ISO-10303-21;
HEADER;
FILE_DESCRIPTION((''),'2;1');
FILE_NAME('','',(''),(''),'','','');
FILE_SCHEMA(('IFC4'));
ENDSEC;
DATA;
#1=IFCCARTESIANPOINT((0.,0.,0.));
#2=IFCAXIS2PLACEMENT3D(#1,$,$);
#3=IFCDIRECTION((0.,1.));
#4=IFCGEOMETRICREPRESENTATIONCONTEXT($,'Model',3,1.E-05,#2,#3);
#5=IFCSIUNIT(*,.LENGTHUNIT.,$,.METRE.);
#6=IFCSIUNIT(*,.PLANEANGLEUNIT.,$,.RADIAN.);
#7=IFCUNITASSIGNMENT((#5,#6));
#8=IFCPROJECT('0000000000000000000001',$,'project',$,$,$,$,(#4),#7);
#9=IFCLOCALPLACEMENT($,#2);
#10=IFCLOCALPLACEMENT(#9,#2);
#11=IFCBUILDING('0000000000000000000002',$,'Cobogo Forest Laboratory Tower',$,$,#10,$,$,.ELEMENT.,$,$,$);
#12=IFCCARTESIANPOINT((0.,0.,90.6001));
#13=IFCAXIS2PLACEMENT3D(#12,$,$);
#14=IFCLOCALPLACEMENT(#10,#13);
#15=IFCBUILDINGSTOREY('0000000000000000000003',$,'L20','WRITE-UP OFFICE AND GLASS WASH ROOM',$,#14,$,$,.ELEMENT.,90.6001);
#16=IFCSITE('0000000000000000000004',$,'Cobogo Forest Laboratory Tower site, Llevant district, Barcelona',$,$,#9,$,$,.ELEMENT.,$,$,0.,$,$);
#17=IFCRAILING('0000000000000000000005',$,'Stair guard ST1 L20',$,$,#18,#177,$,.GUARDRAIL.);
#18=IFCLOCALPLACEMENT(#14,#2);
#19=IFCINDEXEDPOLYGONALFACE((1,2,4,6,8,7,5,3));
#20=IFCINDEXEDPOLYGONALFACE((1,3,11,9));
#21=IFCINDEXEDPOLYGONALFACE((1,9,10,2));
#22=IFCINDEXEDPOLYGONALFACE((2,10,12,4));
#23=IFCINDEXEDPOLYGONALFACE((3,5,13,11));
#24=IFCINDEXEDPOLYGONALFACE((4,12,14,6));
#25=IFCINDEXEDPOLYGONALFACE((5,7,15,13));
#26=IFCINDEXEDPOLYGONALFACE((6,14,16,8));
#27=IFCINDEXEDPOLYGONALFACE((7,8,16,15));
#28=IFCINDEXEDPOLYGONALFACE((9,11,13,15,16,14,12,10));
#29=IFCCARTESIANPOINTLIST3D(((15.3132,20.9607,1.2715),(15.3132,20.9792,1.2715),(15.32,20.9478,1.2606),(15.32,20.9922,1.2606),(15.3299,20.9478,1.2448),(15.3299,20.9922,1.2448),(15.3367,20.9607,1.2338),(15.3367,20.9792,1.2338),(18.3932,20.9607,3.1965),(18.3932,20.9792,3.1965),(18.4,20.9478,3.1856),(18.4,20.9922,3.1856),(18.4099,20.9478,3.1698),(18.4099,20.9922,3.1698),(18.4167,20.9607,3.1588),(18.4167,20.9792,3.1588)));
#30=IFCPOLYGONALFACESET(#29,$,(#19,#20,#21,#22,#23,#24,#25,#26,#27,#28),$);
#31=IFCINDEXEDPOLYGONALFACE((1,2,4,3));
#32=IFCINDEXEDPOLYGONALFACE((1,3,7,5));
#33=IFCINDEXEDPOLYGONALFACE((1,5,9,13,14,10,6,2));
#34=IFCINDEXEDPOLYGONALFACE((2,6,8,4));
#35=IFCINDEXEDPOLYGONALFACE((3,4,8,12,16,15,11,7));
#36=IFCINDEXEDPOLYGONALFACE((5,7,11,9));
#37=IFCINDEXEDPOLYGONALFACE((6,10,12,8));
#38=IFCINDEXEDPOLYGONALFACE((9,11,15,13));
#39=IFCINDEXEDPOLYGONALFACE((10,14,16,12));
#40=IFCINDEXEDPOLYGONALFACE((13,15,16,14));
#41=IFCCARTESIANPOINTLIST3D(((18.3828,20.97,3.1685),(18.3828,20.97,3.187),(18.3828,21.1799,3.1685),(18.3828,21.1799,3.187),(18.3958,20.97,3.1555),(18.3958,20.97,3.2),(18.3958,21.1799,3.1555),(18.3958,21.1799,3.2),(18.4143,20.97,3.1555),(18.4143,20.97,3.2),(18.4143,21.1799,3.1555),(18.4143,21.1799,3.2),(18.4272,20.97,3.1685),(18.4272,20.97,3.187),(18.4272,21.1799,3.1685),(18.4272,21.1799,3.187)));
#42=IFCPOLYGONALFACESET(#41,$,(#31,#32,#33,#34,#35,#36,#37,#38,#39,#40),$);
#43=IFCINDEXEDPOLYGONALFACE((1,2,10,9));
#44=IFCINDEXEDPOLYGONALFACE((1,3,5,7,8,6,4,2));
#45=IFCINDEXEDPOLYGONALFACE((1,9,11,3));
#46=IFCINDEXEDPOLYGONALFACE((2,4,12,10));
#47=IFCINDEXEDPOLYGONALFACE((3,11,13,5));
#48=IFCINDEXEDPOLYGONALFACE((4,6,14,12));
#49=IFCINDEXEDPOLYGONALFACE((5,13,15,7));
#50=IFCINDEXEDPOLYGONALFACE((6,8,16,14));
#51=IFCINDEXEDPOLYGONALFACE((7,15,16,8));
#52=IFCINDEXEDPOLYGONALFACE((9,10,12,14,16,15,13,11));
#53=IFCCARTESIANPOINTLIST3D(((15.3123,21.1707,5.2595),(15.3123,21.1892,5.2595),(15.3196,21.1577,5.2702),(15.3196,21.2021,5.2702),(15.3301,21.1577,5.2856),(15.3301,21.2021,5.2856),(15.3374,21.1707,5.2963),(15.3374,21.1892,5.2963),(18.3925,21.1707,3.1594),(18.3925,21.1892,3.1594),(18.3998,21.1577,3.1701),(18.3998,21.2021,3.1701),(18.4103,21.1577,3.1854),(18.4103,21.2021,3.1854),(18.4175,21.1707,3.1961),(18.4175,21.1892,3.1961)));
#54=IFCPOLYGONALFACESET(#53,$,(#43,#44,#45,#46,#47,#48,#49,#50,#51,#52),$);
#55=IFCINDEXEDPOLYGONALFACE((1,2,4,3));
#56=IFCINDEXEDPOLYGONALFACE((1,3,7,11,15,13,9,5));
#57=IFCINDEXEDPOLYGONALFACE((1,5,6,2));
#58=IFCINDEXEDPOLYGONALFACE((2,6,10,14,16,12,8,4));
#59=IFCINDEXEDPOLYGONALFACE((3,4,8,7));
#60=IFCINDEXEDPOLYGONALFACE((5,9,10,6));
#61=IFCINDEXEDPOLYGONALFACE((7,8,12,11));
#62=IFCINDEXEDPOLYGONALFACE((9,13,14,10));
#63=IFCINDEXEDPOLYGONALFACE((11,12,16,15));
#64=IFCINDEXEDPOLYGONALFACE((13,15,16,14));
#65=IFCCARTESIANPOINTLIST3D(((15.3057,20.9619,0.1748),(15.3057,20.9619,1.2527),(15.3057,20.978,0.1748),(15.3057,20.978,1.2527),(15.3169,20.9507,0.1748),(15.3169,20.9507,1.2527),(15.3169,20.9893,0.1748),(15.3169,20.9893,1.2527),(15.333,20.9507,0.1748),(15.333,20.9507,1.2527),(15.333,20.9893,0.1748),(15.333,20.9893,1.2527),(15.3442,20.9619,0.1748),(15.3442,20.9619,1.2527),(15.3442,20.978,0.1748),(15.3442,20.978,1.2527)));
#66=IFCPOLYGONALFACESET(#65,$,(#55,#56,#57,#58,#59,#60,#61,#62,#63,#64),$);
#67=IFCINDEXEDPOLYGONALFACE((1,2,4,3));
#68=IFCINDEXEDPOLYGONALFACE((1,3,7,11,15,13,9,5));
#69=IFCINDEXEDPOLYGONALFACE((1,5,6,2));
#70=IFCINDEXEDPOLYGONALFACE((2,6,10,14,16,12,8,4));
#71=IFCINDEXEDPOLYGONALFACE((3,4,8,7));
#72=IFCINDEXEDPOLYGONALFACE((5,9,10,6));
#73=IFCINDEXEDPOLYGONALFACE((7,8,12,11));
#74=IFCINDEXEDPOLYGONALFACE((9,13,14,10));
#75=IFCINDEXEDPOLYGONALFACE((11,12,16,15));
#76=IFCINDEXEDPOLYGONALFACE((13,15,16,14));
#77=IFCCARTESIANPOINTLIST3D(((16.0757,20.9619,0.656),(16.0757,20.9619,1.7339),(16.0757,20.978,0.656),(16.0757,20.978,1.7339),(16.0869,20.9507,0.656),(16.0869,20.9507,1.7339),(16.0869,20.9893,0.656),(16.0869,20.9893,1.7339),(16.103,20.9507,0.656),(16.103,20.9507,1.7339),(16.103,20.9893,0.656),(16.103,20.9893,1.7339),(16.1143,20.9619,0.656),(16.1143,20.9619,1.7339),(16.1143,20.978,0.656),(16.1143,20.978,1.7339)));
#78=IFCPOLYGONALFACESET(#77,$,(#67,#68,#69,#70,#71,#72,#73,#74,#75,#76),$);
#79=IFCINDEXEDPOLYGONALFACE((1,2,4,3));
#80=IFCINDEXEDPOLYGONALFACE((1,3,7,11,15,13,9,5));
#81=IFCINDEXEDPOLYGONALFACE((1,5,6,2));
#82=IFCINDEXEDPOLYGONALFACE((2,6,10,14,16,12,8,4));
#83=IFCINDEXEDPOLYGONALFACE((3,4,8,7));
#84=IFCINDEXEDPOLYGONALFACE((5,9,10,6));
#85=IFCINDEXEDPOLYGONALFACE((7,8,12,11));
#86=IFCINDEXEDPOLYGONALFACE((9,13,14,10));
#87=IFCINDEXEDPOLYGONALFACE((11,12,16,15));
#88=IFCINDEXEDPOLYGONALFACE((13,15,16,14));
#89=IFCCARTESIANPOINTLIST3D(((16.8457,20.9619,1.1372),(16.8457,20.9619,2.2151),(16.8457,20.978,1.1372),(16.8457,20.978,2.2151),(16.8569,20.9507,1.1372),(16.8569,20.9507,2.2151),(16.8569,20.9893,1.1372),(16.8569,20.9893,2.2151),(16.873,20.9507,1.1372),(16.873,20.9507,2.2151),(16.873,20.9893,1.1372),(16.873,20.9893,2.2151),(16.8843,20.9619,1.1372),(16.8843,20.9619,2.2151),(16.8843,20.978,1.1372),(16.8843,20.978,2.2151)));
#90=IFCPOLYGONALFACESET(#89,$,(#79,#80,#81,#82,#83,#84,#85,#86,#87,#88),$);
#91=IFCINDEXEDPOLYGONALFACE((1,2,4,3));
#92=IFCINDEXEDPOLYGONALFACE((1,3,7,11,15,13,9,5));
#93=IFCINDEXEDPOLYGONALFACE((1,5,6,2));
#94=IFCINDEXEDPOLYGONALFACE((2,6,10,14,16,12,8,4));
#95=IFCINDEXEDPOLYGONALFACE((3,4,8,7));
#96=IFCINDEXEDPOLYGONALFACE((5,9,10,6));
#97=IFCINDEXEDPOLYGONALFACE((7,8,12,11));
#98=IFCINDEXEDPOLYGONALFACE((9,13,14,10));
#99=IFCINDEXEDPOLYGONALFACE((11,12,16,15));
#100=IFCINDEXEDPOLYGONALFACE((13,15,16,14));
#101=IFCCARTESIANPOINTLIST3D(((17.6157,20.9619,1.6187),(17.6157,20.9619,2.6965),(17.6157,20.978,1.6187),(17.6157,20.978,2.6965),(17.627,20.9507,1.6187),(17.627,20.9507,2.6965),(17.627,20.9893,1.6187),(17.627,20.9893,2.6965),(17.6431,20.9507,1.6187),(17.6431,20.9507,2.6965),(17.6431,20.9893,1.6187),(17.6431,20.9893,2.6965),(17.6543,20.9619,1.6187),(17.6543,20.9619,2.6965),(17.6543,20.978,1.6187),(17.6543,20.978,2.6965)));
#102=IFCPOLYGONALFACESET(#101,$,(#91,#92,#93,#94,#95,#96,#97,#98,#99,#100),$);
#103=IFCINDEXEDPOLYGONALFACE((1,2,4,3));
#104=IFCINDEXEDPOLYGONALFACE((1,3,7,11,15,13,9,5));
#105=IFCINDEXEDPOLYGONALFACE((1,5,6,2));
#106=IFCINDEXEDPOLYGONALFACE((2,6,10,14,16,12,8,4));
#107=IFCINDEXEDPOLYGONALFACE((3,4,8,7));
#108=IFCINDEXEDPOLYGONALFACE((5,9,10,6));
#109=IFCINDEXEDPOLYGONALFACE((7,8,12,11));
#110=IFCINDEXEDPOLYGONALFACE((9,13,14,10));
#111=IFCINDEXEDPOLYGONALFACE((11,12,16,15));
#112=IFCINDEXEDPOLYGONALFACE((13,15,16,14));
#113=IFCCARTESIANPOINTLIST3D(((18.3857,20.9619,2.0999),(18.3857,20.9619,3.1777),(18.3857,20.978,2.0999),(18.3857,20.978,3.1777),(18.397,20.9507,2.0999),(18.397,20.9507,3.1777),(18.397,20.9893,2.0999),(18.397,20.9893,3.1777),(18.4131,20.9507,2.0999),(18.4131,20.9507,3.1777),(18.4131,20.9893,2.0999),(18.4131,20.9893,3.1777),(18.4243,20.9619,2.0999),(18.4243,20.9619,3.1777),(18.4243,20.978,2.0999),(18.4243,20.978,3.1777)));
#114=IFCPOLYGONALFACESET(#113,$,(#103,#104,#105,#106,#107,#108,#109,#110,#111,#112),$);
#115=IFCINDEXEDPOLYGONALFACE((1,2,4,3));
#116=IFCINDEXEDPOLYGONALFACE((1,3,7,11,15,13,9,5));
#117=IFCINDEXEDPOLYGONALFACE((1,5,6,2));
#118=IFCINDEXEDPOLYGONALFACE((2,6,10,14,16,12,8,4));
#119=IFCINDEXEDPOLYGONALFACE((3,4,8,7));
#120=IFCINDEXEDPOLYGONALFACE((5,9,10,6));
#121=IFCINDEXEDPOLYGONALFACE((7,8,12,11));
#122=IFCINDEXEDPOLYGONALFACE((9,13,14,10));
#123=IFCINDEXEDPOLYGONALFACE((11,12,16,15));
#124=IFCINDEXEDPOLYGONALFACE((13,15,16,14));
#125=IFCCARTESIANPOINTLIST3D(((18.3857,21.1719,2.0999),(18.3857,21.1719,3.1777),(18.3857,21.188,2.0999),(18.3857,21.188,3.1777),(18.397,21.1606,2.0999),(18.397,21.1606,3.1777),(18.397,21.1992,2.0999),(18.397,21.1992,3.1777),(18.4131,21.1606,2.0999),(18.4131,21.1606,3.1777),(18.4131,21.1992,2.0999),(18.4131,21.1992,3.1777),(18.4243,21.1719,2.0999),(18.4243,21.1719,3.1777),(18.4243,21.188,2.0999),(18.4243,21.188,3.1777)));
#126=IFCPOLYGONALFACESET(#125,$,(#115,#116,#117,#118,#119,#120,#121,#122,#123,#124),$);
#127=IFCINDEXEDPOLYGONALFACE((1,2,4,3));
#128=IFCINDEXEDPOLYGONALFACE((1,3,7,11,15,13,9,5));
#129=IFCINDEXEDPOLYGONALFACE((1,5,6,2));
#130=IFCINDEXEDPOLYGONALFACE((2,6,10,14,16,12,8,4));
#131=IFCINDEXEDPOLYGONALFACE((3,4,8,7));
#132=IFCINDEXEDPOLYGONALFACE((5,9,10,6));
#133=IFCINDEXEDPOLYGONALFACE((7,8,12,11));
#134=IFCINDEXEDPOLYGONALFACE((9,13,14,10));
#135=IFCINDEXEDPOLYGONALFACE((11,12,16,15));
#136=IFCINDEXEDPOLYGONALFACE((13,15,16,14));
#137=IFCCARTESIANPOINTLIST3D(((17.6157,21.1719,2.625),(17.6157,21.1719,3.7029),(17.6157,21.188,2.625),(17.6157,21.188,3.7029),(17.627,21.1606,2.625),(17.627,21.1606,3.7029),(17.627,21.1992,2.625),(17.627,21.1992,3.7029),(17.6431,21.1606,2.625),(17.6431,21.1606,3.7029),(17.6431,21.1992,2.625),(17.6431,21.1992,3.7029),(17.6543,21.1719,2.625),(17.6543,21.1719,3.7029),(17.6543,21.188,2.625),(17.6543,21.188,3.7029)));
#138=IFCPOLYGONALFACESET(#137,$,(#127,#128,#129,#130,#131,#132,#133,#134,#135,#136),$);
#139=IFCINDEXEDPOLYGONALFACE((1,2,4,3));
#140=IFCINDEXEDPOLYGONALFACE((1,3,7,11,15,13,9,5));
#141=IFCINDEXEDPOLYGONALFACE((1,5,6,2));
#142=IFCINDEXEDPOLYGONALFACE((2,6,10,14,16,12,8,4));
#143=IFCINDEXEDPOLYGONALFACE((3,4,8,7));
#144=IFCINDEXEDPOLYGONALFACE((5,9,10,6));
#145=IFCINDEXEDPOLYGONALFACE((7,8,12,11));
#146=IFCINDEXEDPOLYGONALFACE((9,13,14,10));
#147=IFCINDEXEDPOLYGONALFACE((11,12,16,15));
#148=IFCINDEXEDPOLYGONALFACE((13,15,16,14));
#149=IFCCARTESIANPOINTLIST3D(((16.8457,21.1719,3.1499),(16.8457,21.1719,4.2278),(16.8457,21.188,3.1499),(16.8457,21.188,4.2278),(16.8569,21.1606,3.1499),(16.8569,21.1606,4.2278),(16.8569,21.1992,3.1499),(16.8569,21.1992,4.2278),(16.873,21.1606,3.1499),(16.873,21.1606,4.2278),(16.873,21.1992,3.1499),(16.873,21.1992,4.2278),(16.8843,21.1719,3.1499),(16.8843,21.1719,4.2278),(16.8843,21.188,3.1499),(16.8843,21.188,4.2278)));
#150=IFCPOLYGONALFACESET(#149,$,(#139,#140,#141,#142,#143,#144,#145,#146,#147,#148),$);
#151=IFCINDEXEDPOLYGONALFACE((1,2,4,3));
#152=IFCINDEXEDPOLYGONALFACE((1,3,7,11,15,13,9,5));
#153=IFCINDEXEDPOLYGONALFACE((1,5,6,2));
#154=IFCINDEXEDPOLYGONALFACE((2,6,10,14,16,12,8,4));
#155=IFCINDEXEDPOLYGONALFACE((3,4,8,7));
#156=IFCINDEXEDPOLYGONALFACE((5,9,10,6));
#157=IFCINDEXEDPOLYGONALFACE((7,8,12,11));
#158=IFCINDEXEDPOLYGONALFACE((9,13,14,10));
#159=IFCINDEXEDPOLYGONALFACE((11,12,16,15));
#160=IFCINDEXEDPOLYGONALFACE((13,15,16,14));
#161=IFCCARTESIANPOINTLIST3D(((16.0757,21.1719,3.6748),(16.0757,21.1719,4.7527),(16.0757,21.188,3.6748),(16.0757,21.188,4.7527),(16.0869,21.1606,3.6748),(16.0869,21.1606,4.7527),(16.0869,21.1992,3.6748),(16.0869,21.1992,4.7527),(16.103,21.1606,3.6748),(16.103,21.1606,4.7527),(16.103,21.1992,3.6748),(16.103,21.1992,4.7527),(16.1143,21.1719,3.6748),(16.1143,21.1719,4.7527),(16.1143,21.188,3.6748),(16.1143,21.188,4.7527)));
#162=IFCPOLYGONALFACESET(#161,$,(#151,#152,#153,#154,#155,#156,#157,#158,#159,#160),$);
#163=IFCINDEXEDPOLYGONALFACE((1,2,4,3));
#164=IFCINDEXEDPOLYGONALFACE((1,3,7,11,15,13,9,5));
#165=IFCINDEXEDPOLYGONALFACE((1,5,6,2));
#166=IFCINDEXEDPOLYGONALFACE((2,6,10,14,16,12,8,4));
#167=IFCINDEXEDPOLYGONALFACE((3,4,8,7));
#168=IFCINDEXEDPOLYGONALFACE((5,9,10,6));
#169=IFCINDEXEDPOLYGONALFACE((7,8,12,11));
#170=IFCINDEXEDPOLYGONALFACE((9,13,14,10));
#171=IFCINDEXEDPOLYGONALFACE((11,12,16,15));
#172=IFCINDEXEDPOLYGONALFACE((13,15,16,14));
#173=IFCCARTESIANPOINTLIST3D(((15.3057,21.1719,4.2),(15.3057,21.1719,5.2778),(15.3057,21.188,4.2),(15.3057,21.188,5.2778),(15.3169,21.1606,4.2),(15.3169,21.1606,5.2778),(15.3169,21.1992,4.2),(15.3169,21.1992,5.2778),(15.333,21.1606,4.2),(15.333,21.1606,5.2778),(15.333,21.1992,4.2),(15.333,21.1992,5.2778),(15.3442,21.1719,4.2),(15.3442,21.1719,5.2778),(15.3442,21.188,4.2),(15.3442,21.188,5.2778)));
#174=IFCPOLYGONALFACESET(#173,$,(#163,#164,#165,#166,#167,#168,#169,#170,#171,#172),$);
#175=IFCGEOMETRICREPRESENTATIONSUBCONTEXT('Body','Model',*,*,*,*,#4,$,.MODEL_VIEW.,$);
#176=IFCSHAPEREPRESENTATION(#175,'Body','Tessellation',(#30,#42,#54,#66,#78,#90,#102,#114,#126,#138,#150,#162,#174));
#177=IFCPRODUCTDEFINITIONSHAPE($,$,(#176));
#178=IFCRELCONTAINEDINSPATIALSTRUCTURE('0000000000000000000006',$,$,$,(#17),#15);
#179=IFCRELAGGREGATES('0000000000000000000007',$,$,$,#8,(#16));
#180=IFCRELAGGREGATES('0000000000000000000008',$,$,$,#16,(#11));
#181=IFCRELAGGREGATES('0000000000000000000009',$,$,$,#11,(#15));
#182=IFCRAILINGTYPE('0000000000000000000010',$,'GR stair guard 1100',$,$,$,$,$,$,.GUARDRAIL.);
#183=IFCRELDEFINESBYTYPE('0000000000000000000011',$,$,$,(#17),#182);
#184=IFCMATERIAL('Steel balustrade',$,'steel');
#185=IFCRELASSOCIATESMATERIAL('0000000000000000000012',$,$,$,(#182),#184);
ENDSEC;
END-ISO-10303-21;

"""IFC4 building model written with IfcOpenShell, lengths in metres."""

from ifc_helpers import new_model, si_unit, direction, frame, origin, place, context, subcontext, project, spatial, polyline, outline, extrude, material, type_object, element, save


model = new_model("IFC4")

# Units and contexts
model_context = context("Model", 3, precision=1e-05, world=origin(), true_north=direction((0.0, 1.0)))
body_context = subcontext(model_context, "Body", "Model", "MODEL_VIEW")
ifc_project = project(units=[si_unit("LENGTHUNIT", "METRE"), si_unit("PLANEANGLEUNIT", "RADIAN")], contexts=[model_context])

# Site, building, storey
site_placement = place(None, origin())
site = spatial("IfcSite", under=ifc_project, at=site_placement, Name="Cobogo Forest Laboratory Tower site, Llevant district, Barcelona", CompositionType="ELEMENT", RefElevation=0.0)
building_placement = place(site_placement, origin())
building = spatial("IfcBuilding", under=site, at=building_placement, Name="Cobogo Forest Laboratory Tower", CompositionType="ELEMENT")
storey_placement = place(building_placement, frame((0.0, 0.0, 90.6001)))
storey = spatial("IfcBuildingStorey", under=building, at=storey_placement, Name="L20", Description="WRITE-UP OFFICE AND GLASS WASH ROOM", CompositionType="ELEMENT", Elevation=90.6001)

# Railing
ifc_material_1 = material(Name="Steel balustrade", Category="steel")
railing_type_1 = type_object("IfcRailingType", Name="GR stair guard 1100", PredefinedType="GUARDRAIL", material=ifc_material_1)
railing_1_placement = place(storey_placement, frame((15.325, 20.97, 0.1748)))
element("IfcRailing", 1, at=railing_1_placement, inside=storey, type_object=railing_type_1, Name="Stair guard ST1 L20", PredefinedType="GUARDRAIL", context=body_context, shape_type="SweptSolid", body=[
    extrude(outline(polyline([(0.0222, 0.0093), (0.0093, 0.0222), (-0.0093, 0.0222), (-0.0222, 0.0093), (-0.0222, -0.0093), (-0.0093, -0.0222), (0.0093, -0.0222), (0.0222, -0.0093), (0.0222, 0.0093)])), frame((0.0, 0.0, 1.0779), z_axis=(0.847998, 0.0, 0.529999), x_axis=(0.0, 1.0, 0.0)), (0.0, 0.0, 1.0), 3.6321),
    extrude(outline(polyline([(0.0222, 0.0093), (0.0093, 0.0222), (-0.0093, 0.0222), (-0.0222, 0.0093), (-0.0222, -0.0093), (-0.0093, -0.0222), (0.0093, -0.0222), (0.0222, -0.0093), (0.0222, 0.0093)])), frame((3.0801, 0.0, 3.0029), z_axis=(0.0, 1.0, 0.0), x_axis=(-1.0, 0.0, 0.0)), (0.0, 0.0, 1.0), 0.21),
    extrude(outline(polyline([(0.0222, 0.0093), (0.0093, 0.0222), (-0.0093, 0.0222), (-0.0222, 0.0093), (-0.0222, -0.0093), (-0.0093, -0.0222), (0.0093, -0.0222), (0.0222, -0.0093), (0.0222, 0.0093)])), frame((3.0801, 0.21, 3.0029), z_axis=(-0.826222, 0.0, 0.563345), x_axis=(0.0, -1.0, 0.0)), (0.0, 0.0, 1.0), 3.728),
    extrude(outline(polyline([(0.0193, 0.0081), (0.0081, 0.0193), (-0.0081, 0.0193), (-0.0193, 0.0081), (-0.0193, -0.0081), (-0.0081, -0.0193), (0.0081, -0.0193), (0.0193, -0.0081), (0.0193, 0.0081)])), origin(), (0.0, 0.0, 1.0), 1.0779),
    extrude(outline(polyline([(0.0193, 0.0081), (0.0081, 0.0193), (-0.0081, 0.0193), (-0.0193, 0.0081), (-0.0193, -0.0081), (-0.0081, -0.0193), (0.0081, -0.0193), (0.0193, -0.0081), (0.0193, 0.0081)])), frame((0.77, 0.0, 0.4812)), (0.0, 0.0, 1.0), 1.0779),
    extrude(outline(polyline([(0.0193, 0.0081), (0.0081, 0.0193), (-0.0081, 0.0193), (-0.0193, 0.0081), (-0.0193, -0.0081), (-0.0081, -0.0193), (0.0081, -0.0193), (0.0193, -0.0081), (0.0193, 0.0081)])), frame((1.54, 0.0, 0.9624)), (0.0, 0.0, 1.0), 1.0779),
    extrude(outline(polyline([(0.0193, 0.0081), (0.0081, 0.0193), (-0.0081, 0.0193), (-0.0193, 0.0081), (-0.0193, -0.0081), (-0.0081, -0.0193), (0.0081, -0.0193), (0.0193, -0.0081), (0.0193, 0.0081)])), frame((2.3101, 0.0, 1.4438)), (0.0, 0.0, 1.0), 1.0779),
    extrude(outline(polyline([(0.0193, 0.0081), (0.0081, 0.0193), (-0.0081, 0.0193), (-0.0193, 0.0081), (-0.0193, -0.0081), (-0.0081, -0.0193), (0.0081, -0.0193), (0.0193, -0.0081), (0.0193, 0.0081)])), frame((3.0801, 0.0, 1.925)), (0.0, 0.0, 1.0), 1.0779),
    extrude(outline(polyline([(0.0193, 0.0081), (0.0081, 0.0193), (-0.0081, 0.0193), (-0.0193, 0.0081), (-0.0193, -0.0081), (-0.0081, -0.0193), (0.0081, -0.0193), (0.0193, -0.0081), (0.0193, 0.0081)])), frame((3.0801, 0.21, 1.925)), (0.0, 0.0, 1.0), 1.0779),
    extrude(outline(polyline([(0.0193, 0.0081), (0.0081, 0.0193), (-0.0081, 0.0193), (-0.0193, 0.0081), (-0.0193, -0.0081), (-0.0081, -0.0193), (0.0081, -0.0193), (0.0193, -0.0081), (0.0193, 0.0081)])), frame((2.3101, 0.21, 2.4502)), (0.0, 0.0, 1.0), 1.0779),
    extrude(outline(polyline([(0.0193, 0.0081), (0.0081, 0.0193), (-0.0081, 0.0193), (-0.0193, 0.0081), (-0.0193, -0.0081), (-0.0081, -0.0193), (0.0081, -0.0193), (0.0193, -0.0081), (0.0193, 0.0081)])), frame((1.54, 0.21, 2.9751)), (0.0, 0.0, 1.0), 1.0779),
    extrude(outline(polyline([(0.0193, 0.0081), (0.0081, 0.0193), (-0.0081, 0.0193), (-0.0193, 0.0081), (-0.0193, -0.0081), (-0.0081, -0.0193), (0.0081, -0.0193), (0.0193, -0.0081), (0.0193, 0.0081)])), frame((0.77, 0.21, 3.5)), (0.0, 0.0, 1.0), 1.0779),
    extrude(outline(polyline([(0.0193, 0.0081), (0.0081, 0.0193), (-0.0081, 0.0193), (-0.0193, 0.0081), (-0.0193, -0.0081), (-0.0081, -0.0193), (0.0081, -0.0193), (0.0193, -0.0081), (0.0193, 0.0081)])), frame((0.0, 0.21, 4.0251)), (0.0, 0.0, 1.0), 1.0779),
])

save(model, "model.ifc")
